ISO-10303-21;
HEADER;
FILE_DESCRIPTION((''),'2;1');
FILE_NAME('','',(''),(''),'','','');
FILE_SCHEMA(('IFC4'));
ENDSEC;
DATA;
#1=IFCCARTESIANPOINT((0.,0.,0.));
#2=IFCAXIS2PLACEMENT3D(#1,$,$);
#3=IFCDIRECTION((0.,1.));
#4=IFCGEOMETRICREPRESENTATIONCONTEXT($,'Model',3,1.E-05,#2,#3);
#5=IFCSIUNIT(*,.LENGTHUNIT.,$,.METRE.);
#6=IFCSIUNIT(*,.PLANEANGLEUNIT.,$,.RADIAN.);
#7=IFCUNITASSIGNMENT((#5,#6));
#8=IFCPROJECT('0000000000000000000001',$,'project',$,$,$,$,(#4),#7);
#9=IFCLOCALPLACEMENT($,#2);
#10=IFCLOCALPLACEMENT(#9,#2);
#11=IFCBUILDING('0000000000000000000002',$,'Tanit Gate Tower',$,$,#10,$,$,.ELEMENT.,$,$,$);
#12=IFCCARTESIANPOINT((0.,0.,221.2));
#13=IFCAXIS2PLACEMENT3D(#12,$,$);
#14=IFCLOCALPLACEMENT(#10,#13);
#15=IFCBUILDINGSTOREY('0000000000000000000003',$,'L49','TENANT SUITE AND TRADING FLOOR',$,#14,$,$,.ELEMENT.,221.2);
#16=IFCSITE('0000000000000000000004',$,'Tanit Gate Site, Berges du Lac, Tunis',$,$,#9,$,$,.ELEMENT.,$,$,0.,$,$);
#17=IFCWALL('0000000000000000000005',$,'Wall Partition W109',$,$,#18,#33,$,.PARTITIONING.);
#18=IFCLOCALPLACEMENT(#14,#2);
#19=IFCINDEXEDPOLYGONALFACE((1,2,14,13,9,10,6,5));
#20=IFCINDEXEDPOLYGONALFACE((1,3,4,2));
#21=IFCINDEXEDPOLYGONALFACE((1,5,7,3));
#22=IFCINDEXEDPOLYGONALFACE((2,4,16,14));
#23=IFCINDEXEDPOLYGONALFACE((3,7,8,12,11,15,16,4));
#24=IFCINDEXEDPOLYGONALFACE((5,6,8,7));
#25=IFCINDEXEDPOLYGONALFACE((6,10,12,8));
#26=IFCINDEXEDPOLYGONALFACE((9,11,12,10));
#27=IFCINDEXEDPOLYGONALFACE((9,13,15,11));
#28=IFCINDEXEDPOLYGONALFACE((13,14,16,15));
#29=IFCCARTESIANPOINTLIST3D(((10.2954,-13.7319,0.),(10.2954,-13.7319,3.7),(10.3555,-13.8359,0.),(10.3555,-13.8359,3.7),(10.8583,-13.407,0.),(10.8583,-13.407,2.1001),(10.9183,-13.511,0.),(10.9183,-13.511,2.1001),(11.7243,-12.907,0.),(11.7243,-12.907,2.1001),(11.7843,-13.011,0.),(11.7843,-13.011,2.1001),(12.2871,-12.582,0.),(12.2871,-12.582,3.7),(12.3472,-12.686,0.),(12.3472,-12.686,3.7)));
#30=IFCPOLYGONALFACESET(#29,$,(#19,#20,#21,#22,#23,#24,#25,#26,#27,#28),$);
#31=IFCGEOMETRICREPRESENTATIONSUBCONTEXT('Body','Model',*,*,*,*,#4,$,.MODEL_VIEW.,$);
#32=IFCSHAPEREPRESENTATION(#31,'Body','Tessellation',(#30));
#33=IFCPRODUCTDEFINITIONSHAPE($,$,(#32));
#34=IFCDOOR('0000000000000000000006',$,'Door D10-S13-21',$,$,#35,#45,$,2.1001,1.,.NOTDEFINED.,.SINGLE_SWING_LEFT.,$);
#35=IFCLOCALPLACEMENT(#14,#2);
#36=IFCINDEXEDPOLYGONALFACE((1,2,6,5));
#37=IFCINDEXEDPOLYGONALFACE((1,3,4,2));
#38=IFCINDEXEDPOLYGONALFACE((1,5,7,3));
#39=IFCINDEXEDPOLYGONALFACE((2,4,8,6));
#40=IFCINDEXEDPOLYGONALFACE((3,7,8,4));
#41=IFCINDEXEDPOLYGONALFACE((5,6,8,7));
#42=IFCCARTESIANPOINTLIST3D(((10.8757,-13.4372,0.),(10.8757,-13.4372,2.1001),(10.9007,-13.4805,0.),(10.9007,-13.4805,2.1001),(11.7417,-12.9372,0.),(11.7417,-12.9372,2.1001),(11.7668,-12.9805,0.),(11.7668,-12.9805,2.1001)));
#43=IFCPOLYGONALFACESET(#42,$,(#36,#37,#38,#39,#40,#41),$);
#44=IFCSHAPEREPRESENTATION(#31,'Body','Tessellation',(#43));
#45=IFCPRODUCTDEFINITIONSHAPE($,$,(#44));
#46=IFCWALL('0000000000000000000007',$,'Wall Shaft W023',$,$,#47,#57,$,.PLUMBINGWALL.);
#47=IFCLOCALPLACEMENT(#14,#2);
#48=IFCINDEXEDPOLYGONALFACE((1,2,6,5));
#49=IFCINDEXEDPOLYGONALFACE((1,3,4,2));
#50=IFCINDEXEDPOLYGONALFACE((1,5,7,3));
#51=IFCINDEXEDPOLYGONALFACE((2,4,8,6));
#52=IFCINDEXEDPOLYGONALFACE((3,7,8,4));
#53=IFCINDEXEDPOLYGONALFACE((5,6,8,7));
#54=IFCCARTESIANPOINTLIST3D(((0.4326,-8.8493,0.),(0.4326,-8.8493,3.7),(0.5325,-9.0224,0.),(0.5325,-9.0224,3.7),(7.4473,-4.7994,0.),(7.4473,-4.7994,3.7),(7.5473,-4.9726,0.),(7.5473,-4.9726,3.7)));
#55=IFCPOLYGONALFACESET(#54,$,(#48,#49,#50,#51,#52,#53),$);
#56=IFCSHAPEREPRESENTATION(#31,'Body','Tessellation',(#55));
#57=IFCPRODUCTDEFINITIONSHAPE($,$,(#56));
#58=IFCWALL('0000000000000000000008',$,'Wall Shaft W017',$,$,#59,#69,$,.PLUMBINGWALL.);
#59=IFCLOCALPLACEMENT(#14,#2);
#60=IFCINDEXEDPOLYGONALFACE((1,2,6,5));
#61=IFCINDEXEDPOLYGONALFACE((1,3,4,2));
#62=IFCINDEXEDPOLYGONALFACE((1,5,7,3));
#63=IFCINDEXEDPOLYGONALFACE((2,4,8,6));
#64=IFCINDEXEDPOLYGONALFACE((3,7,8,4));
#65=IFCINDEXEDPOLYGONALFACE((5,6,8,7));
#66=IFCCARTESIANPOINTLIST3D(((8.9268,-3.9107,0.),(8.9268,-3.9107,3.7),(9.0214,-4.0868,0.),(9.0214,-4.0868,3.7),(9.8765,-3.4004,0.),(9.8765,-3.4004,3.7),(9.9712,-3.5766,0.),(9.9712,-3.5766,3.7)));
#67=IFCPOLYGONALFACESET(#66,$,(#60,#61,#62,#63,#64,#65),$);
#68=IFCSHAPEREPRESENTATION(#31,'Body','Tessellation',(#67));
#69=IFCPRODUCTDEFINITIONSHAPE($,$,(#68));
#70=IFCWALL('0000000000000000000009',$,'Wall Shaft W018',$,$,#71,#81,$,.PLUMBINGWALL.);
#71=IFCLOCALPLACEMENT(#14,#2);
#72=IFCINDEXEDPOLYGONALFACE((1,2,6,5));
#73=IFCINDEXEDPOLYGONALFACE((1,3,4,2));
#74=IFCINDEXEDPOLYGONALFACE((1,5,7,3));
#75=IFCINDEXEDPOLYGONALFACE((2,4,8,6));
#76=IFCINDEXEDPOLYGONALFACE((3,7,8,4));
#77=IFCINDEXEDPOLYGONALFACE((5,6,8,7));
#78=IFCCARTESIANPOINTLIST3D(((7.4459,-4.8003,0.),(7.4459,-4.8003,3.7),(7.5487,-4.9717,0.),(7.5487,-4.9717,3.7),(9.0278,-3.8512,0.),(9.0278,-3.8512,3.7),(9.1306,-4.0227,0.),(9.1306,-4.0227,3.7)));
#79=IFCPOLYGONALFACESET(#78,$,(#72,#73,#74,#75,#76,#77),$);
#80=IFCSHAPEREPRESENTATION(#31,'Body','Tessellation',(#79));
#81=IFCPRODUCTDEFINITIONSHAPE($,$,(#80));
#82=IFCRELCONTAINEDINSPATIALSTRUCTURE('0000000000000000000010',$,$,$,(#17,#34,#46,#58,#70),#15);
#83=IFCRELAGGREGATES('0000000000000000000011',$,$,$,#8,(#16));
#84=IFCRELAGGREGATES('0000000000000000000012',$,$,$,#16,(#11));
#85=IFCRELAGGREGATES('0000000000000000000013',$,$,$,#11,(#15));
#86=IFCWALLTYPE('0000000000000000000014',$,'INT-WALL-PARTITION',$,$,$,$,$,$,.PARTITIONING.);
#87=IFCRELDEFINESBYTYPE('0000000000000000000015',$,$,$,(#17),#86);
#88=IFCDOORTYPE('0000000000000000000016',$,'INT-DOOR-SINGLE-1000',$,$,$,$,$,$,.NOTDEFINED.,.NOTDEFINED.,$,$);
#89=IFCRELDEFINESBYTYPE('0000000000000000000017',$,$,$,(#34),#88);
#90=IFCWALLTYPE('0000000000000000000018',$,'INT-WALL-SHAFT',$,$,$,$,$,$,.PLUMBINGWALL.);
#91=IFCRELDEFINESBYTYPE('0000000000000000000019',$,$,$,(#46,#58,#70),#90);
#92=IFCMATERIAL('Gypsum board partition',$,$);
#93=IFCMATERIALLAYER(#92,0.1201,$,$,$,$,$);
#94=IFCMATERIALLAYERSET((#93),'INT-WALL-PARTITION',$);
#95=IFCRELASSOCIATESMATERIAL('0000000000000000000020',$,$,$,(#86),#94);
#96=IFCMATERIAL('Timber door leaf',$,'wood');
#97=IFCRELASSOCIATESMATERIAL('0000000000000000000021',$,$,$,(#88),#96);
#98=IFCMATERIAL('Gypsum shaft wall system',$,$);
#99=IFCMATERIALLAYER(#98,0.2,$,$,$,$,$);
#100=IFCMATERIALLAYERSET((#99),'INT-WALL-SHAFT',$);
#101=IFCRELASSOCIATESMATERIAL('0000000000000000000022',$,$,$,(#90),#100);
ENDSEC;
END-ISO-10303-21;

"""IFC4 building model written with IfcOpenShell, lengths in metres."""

from ifc_helpers import new_model, si_unit, direction, frame, frame_2d, origin, place, context, subcontext, project, spatial, rectangle, extrude, material, layer, layer_set, type_object, element, fill, save


model = new_model("IFC4")

# Units and contexts
model_context = context("Model", 3, precision=1e-05, world=origin(), true_north=direction((0.0, 1.0)))
body_context = subcontext(model_context, "Body", "Model", "MODEL_VIEW")
ifc_project = project(units=[si_unit("LENGTHUNIT", "METRE"), si_unit("PLANEANGLEUNIT", "RADIAN")], contexts=[model_context])

# Site, building, storey
site_placement = place(None, origin())
site = spatial("IfcSite", under=ifc_project, at=site_placement, Name="Tanit Gate Site, Berges du Lac, Tunis", CompositionType="ELEMENT", RefElevation=0.0)
building_placement = place(site_placement, origin())
building = spatial("IfcBuilding", under=site, at=building_placement, Name="Tanit Gate Tower", CompositionType="ELEMENT")
storey_placement = place(building_placement, frame((0.0, 0.0, 221.2)))
storey = spatial("IfcBuildingStorey", under=building, at=storey_placement, Name="L49", Description="TENANT SUITE AND TRADING FLOOR", CompositionType="ELEMENT", Elevation=221.2)

# Shared definitions
ifc_material_1 = material(Name="Gypsum board partition")
ifc_layer_1 = layer(ifc_material_1, 0.1201)
ifc_layer_set_1 = layer_set([ifc_layer_1], Name="INT-WALL-PARTITION")
wall_type_1 = type_object("IfcWallType", Name="INT-WALL-PARTITION", PredefinedType="PARTITIONING", material=ifc_layer_set_1)

# Wall, opening, door
wall_1_placement = place(storey_placement, frame((12.3171, -12.634, 0.0), z_axis=(0.0, 0.0, 1.0), x_axis=(-0.866026, -0.499998, 0.0)))
wall_1 = element("IfcWall", 1, at=wall_1_placement, inside=storey, type_object=wall_type_1, Name="Wall Partition W109", PredefinedType="PARTITIONING", context=body_context, shape_type="SweptSolid", body=[
    extrude(rectangle(XDim=2.2998, YDim=0.1201, at=frame_2d((1.1499, 0.0))), origin(), (0.0, 0.0, 1.0), 3.7),
])
opening_1_placement = place(wall_1_placement, frame((0.6499, 0.0, 0.0)))
opening_1 = element("IfcOpeningElement", 2, at=opening_1_placement, cuts=wall_1, PredefinedType="OPENING", context=body_context, shape_type="SweptSolid", body=[
    extrude(rectangle(XDim=1.0, YDim=2.1001, at=frame_2d((0.5, 1.05))), frame((0.0, 0.0701, 0.0), z_axis=(0.0, -1.0, 0.0), x_axis=(1.0, 0.0, 0.0)), (0.0, 0.0, 1.0), 0.1401),
])
ifc_material_2 = material(Name="Timber door leaf", Category="wood")
door_type_1 = type_object("IfcDoorType", Name="INT-DOOR-SINGLE-1000", OperationType="NOTDEFINED", PredefinedType="NOTDEFINED", material=ifc_material_2)
door_1_placement = place(opening_1_placement, origin())
door_1 = element("IfcDoor", 3, at=door_1_placement, inside=storey, type_object=door_type_1, Name="Door D10-S13-21", OperationType="SINGLE_SWING_LEFT", OverallHeight=2.1001, OverallWidth=1.0, PredefinedType="NOTDEFINED", context=body_context, shape_type="SweptSolid", body=[
    extrude(rectangle(XDim=1.0, YDim=2.1001, at=frame_2d((0.5, 1.05))), frame((0.0, 0.0249, 0.0), z_axis=(0.0, -1.0, 0.0), x_axis=(1.0, 0.0, 0.0)), (0.0, 0.0, 1.0), 0.05),
])
fill(opening_1, door_1)

# Walls
ifc_material_3 = material(Name="Gypsum shaft wall system")
ifc_layer_2 = layer(ifc_material_3, 0.2)
ifc_layer_set_2 = layer_set([ifc_layer_2], Name="INT-WALL-SHAFT")
wall_type_2 = type_object("IfcWallType", Name="INT-WALL-SHAFT", PredefinedType="PLUMBINGWALL", material=ifc_layer_set_2)
wall_2_placement = place(storey_placement, frame((0.4827, -8.9358, 0.0), z_axis=(0.0, 0.0, 1.0), x_axis=(0.866031, 0.49999, 0.0)))
element("IfcWall", 4, at=wall_2_placement, inside=storey, type_object=wall_type_2, Name="Wall Shaft W023", PredefinedType="PLUMBINGWALL", context=body_context, shape_type="SweptSolid", body=[
    extrude(rectangle(XDim=8.0999, YDim=0.2, at=frame_2d((4.0498, 0.0))), origin(), (0.0, 0.0, 1.0), 3.7),
])
wall_3_placement = place(storey_placement, frame((8.9741, -3.9988, 0.0), z_axis=(0.0, 0.0, 1.0), x_axis=(0.880907, 0.473289, 0.0)))
element("IfcWall", 5, at=wall_3_placement, inside=storey, type_object=wall_type_2, Name="Wall Shaft W017", PredefinedType="PLUMBINGWALL", context=body_context, shape_type="SweptSolid", body=[
    extrude(rectangle(XDim=1.0781, YDim=0.2, at=frame_2d((0.5391, 0.0))), origin(), (0.0, 0.0, 1.0), 3.7),
])
wall_4_placement = place(storey_placement, frame((7.4973, -4.886, 0.0), z_axis=(0.0, 0.0, 1.0), x_axis=(0.857516, 0.514457, 0.0)))
element("IfcWall", 6, at=wall_4_placement, inside=storey, type_object=wall_type_2, Name="Wall Shaft W018", PredefinedType="PLUMBINGWALL", context=body_context, shape_type="SweptSolid", body=[
    extrude(rectangle(XDim=1.8447, YDim=0.2, at=frame_2d((0.9224, 0.0))), origin(), (0.0, 0.0, 1.0), 3.7),
])

save(model, "model.ifc")
